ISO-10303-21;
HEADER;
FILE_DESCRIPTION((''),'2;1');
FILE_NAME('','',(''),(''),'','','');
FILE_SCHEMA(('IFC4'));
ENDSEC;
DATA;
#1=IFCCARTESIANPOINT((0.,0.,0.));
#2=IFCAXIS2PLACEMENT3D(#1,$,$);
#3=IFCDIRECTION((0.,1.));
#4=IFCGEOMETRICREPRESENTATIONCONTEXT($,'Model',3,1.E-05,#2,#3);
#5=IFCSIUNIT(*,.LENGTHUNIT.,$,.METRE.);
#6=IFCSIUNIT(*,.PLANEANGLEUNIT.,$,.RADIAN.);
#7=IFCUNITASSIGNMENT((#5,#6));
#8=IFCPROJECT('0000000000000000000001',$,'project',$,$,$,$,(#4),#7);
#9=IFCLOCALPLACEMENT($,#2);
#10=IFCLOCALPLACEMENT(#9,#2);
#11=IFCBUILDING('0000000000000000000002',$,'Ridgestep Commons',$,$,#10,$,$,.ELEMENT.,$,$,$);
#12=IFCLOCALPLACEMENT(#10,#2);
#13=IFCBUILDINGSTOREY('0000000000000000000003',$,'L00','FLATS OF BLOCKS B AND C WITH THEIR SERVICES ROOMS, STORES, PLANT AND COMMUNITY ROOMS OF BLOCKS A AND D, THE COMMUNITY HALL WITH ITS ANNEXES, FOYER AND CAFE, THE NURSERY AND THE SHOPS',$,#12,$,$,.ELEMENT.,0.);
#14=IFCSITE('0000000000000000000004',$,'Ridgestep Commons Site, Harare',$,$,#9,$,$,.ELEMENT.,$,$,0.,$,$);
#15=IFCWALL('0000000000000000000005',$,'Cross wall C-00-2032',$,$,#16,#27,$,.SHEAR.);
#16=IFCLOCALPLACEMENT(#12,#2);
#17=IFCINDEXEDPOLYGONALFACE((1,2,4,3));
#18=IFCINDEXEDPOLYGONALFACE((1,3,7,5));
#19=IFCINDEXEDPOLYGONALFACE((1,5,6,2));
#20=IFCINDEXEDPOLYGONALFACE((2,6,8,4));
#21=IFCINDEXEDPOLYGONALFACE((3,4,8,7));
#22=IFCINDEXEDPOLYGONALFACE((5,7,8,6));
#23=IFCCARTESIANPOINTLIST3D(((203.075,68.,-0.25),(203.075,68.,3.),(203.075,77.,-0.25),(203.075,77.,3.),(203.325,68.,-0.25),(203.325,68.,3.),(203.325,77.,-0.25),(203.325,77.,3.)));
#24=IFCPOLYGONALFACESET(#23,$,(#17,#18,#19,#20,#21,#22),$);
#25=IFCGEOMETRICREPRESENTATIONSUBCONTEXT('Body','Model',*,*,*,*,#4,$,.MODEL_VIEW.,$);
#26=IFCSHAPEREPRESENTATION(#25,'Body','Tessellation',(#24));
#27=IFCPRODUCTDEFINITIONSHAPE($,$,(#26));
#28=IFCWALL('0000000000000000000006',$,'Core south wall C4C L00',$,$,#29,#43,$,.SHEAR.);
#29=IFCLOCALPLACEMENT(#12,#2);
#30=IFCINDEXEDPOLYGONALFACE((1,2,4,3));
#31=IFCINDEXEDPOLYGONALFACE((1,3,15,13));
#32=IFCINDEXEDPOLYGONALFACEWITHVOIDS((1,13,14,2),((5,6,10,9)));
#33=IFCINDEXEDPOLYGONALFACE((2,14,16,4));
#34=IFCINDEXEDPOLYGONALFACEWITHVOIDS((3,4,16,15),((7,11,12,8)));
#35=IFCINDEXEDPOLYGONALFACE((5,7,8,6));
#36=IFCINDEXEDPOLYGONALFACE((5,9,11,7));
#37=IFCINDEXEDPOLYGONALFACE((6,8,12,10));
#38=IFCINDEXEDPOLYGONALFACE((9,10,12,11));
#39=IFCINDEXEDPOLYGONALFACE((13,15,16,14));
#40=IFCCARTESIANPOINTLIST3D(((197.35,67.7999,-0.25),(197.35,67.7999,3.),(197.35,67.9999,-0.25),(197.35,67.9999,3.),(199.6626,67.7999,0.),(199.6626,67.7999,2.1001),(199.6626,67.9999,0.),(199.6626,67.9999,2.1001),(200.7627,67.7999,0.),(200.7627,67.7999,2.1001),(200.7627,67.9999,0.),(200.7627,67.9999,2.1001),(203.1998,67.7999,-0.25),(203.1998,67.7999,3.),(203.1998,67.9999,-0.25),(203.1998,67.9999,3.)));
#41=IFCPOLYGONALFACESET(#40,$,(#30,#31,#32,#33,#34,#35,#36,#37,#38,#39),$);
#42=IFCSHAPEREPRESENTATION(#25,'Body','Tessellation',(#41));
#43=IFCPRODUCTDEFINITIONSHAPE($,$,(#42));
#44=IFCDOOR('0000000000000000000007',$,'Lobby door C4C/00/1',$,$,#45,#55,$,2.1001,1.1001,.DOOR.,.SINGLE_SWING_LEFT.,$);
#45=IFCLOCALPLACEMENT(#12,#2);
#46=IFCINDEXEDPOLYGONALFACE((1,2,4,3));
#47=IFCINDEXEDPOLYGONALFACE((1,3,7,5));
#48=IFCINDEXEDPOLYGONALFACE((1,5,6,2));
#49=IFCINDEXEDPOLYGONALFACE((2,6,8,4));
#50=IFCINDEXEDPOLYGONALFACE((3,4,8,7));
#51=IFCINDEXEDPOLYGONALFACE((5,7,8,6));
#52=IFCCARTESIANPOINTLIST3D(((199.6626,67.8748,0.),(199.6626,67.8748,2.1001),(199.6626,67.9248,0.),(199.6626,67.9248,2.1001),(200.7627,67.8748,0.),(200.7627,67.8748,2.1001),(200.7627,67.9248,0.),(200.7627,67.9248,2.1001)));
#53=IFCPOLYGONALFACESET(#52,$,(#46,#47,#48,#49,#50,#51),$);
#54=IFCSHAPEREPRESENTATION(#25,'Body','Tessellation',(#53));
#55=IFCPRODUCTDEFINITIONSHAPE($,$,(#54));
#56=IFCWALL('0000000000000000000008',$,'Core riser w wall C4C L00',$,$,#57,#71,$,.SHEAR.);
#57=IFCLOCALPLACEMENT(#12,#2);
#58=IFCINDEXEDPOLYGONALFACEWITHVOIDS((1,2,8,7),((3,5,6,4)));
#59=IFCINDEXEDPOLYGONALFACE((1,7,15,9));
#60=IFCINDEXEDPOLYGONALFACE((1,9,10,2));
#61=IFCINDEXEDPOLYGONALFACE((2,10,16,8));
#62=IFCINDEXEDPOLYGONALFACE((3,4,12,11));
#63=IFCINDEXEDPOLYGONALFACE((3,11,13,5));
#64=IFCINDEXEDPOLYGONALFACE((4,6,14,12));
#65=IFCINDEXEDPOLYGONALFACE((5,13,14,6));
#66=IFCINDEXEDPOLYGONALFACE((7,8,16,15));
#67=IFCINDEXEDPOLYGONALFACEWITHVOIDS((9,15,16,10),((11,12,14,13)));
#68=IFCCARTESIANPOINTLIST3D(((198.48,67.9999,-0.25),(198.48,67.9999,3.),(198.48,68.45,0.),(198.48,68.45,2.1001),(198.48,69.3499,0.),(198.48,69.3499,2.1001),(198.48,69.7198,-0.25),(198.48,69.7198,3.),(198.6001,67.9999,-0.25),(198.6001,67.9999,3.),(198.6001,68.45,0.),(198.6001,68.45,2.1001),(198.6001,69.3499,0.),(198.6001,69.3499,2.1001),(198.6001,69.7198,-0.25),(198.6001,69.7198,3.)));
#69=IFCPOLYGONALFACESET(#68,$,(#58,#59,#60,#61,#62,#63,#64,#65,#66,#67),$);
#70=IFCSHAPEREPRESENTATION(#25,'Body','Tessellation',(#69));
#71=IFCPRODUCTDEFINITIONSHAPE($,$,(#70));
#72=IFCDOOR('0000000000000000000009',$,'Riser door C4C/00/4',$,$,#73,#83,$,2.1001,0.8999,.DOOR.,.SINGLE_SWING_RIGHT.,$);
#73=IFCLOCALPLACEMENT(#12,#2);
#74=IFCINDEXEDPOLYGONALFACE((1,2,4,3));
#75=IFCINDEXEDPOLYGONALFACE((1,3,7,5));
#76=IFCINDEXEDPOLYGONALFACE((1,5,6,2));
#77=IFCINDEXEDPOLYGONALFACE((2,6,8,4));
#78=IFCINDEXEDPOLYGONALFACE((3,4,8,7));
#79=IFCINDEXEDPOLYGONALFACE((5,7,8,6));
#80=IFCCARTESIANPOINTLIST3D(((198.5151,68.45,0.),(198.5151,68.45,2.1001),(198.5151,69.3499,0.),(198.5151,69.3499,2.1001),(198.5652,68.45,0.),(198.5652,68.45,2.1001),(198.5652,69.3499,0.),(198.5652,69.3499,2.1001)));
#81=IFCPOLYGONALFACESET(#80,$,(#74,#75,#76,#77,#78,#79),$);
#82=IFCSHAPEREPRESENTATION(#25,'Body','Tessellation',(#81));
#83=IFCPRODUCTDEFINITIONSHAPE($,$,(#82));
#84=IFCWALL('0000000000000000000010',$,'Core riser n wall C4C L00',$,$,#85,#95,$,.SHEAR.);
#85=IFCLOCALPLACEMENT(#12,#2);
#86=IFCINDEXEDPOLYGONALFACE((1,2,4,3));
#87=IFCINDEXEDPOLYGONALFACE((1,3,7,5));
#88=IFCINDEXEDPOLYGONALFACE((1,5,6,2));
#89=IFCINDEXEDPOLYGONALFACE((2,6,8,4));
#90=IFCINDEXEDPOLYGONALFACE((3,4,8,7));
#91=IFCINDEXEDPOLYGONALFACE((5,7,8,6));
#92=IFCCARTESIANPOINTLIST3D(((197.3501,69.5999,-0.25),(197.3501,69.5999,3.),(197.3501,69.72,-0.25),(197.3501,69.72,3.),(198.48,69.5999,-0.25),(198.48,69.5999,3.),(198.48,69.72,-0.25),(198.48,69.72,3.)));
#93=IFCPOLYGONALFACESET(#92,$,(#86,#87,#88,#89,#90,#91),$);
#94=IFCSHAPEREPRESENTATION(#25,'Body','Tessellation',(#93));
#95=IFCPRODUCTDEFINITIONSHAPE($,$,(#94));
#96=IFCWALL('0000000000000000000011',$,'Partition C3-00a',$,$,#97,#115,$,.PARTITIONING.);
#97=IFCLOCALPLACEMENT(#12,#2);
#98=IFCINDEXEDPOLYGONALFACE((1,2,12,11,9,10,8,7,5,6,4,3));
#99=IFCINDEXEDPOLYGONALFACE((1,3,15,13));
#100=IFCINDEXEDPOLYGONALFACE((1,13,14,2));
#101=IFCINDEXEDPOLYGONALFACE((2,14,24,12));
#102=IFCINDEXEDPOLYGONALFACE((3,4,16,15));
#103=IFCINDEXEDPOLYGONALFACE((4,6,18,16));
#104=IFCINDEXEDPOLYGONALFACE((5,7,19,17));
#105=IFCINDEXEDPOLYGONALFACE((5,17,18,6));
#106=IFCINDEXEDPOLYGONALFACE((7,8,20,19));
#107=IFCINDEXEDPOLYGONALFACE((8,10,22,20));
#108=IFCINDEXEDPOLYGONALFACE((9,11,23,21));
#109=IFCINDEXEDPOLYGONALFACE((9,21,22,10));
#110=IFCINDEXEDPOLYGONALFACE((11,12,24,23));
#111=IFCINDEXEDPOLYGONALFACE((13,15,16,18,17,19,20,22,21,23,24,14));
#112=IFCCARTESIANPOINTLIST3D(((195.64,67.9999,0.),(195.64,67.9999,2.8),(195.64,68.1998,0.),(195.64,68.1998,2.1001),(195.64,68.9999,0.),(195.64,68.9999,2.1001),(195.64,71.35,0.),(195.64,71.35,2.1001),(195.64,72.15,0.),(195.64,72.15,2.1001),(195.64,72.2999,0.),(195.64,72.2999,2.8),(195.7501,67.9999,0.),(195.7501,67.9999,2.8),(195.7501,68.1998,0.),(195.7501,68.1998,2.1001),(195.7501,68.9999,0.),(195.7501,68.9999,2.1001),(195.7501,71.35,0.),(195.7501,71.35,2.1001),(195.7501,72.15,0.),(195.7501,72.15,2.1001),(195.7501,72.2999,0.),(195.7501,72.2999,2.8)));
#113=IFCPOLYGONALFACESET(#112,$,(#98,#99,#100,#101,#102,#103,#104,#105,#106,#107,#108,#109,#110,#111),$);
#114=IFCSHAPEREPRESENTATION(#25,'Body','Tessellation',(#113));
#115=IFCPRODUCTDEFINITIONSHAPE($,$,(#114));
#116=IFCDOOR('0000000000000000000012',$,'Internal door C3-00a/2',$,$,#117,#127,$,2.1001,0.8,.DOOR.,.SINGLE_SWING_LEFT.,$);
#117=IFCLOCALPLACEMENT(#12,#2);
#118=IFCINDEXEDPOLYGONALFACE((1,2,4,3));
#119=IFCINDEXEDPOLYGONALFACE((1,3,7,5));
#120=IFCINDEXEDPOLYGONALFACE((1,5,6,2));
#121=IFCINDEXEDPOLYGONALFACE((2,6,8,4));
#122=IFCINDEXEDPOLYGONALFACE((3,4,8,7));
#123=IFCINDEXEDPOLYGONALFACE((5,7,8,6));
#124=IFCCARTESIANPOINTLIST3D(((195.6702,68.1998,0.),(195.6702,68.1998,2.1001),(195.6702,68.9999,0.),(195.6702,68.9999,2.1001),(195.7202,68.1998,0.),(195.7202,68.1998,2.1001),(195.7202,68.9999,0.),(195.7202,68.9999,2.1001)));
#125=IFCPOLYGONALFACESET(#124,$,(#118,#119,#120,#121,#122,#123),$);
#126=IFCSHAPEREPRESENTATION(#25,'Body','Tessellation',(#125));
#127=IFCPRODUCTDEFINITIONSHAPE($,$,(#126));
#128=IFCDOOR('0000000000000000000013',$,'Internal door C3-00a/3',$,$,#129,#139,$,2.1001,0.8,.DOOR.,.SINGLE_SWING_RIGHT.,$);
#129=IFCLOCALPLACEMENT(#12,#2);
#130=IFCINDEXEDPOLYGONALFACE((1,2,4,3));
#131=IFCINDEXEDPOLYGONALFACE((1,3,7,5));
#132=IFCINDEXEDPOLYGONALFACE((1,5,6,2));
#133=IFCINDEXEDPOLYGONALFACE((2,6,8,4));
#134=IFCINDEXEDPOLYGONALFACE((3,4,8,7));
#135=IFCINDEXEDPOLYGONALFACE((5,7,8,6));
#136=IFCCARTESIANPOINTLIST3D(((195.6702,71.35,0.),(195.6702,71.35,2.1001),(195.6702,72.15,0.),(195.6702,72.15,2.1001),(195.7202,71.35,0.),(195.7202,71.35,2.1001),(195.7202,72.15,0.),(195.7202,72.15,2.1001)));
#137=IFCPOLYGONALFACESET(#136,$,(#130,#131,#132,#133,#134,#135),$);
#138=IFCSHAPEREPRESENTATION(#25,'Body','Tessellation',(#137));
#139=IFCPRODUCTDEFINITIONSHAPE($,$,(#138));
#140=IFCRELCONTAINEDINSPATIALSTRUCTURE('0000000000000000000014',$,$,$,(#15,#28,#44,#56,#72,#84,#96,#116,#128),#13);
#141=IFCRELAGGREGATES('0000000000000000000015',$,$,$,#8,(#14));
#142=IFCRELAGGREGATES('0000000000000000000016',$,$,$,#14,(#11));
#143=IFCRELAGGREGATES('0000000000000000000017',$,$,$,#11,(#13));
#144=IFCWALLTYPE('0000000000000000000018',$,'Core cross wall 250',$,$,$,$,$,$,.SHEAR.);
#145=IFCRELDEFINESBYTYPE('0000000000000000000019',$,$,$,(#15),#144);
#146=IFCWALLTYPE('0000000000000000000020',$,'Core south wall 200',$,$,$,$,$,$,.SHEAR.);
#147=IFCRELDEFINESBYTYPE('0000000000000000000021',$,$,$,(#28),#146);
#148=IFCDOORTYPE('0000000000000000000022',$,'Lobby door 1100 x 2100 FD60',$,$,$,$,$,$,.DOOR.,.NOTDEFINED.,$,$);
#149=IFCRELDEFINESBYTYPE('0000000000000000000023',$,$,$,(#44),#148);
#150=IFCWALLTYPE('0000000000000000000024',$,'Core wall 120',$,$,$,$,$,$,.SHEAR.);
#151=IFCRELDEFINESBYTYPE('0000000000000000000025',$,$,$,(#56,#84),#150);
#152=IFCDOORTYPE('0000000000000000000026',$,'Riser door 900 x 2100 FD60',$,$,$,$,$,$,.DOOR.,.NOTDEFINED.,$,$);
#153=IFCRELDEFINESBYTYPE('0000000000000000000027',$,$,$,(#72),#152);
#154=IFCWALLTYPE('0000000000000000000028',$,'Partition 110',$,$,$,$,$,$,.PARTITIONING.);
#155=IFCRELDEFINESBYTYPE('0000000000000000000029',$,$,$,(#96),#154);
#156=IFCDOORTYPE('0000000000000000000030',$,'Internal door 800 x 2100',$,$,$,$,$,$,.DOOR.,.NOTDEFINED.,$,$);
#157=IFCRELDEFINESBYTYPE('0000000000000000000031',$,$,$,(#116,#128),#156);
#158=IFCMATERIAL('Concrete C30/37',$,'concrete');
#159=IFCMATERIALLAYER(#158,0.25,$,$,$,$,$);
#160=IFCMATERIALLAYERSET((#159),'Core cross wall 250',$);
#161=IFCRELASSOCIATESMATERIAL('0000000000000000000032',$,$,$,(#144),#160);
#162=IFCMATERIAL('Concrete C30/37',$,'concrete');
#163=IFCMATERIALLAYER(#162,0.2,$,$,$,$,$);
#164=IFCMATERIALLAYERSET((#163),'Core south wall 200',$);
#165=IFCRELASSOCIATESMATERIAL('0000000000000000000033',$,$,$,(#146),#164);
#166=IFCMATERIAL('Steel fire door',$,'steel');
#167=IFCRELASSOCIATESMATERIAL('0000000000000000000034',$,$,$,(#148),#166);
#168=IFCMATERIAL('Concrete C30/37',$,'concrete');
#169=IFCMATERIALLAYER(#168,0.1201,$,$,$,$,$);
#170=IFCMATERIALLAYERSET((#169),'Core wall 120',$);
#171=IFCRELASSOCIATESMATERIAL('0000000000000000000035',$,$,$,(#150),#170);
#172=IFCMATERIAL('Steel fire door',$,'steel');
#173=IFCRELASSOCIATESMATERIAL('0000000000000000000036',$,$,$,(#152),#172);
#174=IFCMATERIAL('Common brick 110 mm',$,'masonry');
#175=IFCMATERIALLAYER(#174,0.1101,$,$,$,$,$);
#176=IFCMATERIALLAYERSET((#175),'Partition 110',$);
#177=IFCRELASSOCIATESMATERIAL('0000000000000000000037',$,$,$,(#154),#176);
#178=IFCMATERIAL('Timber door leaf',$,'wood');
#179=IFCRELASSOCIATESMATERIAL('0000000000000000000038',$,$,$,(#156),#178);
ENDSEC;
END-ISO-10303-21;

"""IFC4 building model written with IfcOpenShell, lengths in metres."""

from ifc_helpers import new_model, si_unit, direction, frame, frame_2d, origin, place, context, subcontext, project, spatial, rectangle, extrude, material, layer, layer_set, type_object, element, fill, save


model = new_model("IFC4")

# Units and contexts
model_context = context("Model", 3, precision=1e-05, world=origin(), true_north=direction((0.0, 1.0)))
body_context = subcontext(model_context, "Body", "Model", "MODEL_VIEW")
ifc_project = project(units=[si_unit("LENGTHUNIT", "METRE"), si_unit("PLANEANGLEUNIT", "RADIAN")], contexts=[model_context])

# Site, building, storey
site_placement = place(None, origin())
site = spatial("IfcSite", under=ifc_project, at=site_placement, Name="Ridgestep Commons Site, Harare", CompositionType="ELEMENT", RefElevation=0.0)
building_placement = place(site_placement, origin())
building = spatial("IfcBuilding", under=site, at=building_placement, Name="Ridgestep Commons", CompositionType="ELEMENT")
storey_placement = place(building_placement, origin())
storey = spatial("IfcBuildingStorey", under=building, at=storey_placement, Name="L00", Description="FLATS OF BLOCKS B AND C WITH THEIR SERVICES ROOMS, STORES, PLANT AND COMMUNITY ROOMS OF BLOCKS A AND D, THE COMMUNITY HALL WITH ITS ANNEXES, FOYER AND CAFE, THE NURSERY AND THE SHOPS", CompositionType="ELEMENT", Elevation=0.0)

# Wall
ifc_material_1 = material(Name="Concrete C30/37", Category="concrete")
ifc_layer_1 = layer(ifc_material_1, 0.25)
ifc_layer_set_1 = layer_set([ifc_layer_1], Name="Core cross wall 250")
wall_type_1 = type_object("IfcWallType", Name="Core cross wall 250", PredefinedType="SHEAR", material=ifc_layer_set_1)
wall_1_placement = place(storey_placement, frame((203.2, 68.0, -0.25), z_axis=(0.0, 0.0, 1.0), x_axis=(0.0, 1.0, 0.0)))
element("IfcWall", 1, at=wall_1_placement, inside=storey, type_object=wall_type_1, Name="Cross wall C-00-2032", PredefinedType="SHEAR", context=body_context, shape_type="SweptSolid", body=[
    extrude(rectangle(XDim=9.0, YDim=0.25, at=frame_2d((4.5, 0.0))), origin(), (0.0, 0.0, 1.0), 3.25),
])

# Walls, openings, doors
ifc_material_2 = material(Name="Concrete C30/37", Category="concrete")
ifc_layer_2 = layer(ifc_material_2, 0.2)
ifc_layer_set_2 = layer_set([ifc_layer_2], Name="Core south wall 200")
wall_type_2 = type_object("IfcWallType", Name="Core south wall 200", PredefinedType="SHEAR", material=ifc_layer_set_2)
wall_2_placement = place(storey_placement, frame((197.3501, 67.8999, -0.25), z_axis=(0.0, 0.0, 1.0), x_axis=(1.0, 0.0, 0.0)))
wall_2 = element("IfcWall", 2, at=wall_2_placement, inside=storey, type_object=wall_type_2, Name="Core south wall C4C L00", PredefinedType="SHEAR", context=body_context, shape_type="SweptSolid", body=[
    extrude(rectangle(XDim=5.8499, YDim=0.2, at=frame_2d((2.9248, 0.0))), origin(), (0.0, 0.0, 1.0), 3.25),
])
opening_1_placement = place(wall_2_placement, frame((2.3125, 0.0, 0.25)))
opening_1 = element("IfcOpeningElement", 3, at=opening_1_placement, cuts=wall_2, PredefinedType="OPENING", context=body_context, shape_type="SweptSolid", body=[
    extrude(rectangle(XDim=1.1001, YDim=2.1001, at=frame_2d((0.55, 1.05))), frame((0.0, 0.1099, 0.0), z_axis=(0.0, -1.0, 0.0), x_axis=(1.0, 0.0, 0.0)), (0.0, 0.0, 1.0), 0.22),
])
ifc_material_3 = material(Name="Steel fire door", Category="steel")
door_type_1 = type_object("IfcDoorType", Name="Lobby door 1100 x 2100 FD60", OperationType="NOTDEFINED", PredefinedType="DOOR", material=ifc_material_3)
door_1_placement = place(opening_1_placement, origin())
door_1 = element("IfcDoor", 4, at=door_1_placement, inside=storey, type_object=door_type_1, Name="Lobby door C4C/00/1", OperationType="SINGLE_SWING_LEFT", OverallHeight=2.1001, OverallWidth=1.1001, PredefinedType="DOOR", context=body_context, shape_type="SweptSolid", body=[
    extrude(rectangle(XDim=1.1001, YDim=2.1001, at=frame_2d((0.55, 1.05))), frame((0.0, 0.0249, 0.0), z_axis=(0.0, -1.0, 0.0), x_axis=(1.0, 0.0, 0.0)), (0.0, 0.0, 1.0), 0.05),
])
fill(opening_1, door_1)
ifc_material_4 = material(Name="Concrete C30/37", Category="concrete")
ifc_layer_3 = layer(ifc_material_4, 0.1201)
ifc_layer_set_3 = layer_set([ifc_layer_3], Name="Core wall 120")
wall_type_3 = type_object("IfcWallType", Name="Core wall 120", PredefinedType="SHEAR", material=ifc_layer_set_3)
wall_3_placement = place(storey_placement, frame((198.54, 68.0, -0.25), z_axis=(0.0, 0.0, 1.0), x_axis=(0.0, 1.0, 0.0)))
wall_3 = element("IfcWall", 5, at=wall_3_placement, inside=storey, type_object=wall_type_3, Name="Core riser w wall C4C L00", PredefinedType="SHEAR", context=body_context, shape_type="SweptSolid", body=[
    extrude(rectangle(XDim=1.72, YDim=0.1201, at=frame_2d((0.8599, 0.0))), origin(), (0.0, 0.0, 1.0), 3.25),
])
opening_2_placement = place(wall_3_placement, frame((0.45, 0.0, 0.25)))
opening_2 = element("IfcOpeningElement", 6, at=opening_2_placement, cuts=wall_3, PredefinedType="OPENING", context=body_context, shape_type="SweptSolid", body=[
    extrude(rectangle(XDim=0.8999, YDim=2.1001, at=frame_2d((0.45, 1.05))), frame((0.0, 0.0701, 0.0), z_axis=(0.0, -1.0, 0.0), x_axis=(1.0, 0.0, 0.0)), (0.0, 0.0, 1.0), 0.1401),
])
ifc_material_5 = material(Name="Steel fire door", Category="steel")
door_type_2 = type_object("IfcDoorType", Name="Riser door 900 x 2100 FD60", OperationType="NOTDEFINED", PredefinedType="DOOR", material=ifc_material_5)
door_2_placement = place(opening_2_placement, origin())
door_2 = element("IfcDoor", 7, at=door_2_placement, inside=storey, type_object=door_type_2, Name="Riser door C4C/00/4", OperationType="SINGLE_SWING_RIGHT", OverallHeight=2.1001, OverallWidth=0.8999, PredefinedType="DOOR", context=body_context, shape_type="SweptSolid", body=[
    extrude(rectangle(XDim=0.8999, YDim=2.1001, at=frame_2d((0.45, 1.05))), frame((0.0, 0.0249, 0.0), z_axis=(0.0, -1.0, 0.0), x_axis=(1.0, 0.0, 0.0)), (0.0, 0.0, 1.0), 0.05),
])
fill(opening_2, door_2)

# Wall
wall_4_placement = place(storey_placement, frame((197.3501, 69.6599, -0.25), z_axis=(0.0, 0.0, 1.0), x_axis=(1.0, 0.0, 0.0)))
element("IfcWall", 8, at=wall_4_placement, inside=storey, type_object=wall_type_3, Name="Core riser n wall C4C L00", PredefinedType="SHEAR", context=body_context, shape_type="SweptSolid", body=[
    extrude(rectangle(XDim=1.1299, YDim=0.1201, at=frame_2d((0.5649, 0.0))), origin(), (0.0, 0.0, 1.0), 3.25),
])

# Wall, openings, doors
ifc_material_6 = material(Name="Common brick 110 mm", Category="masonry")
ifc_layer_4 = layer(ifc_material_6, 0.1101)
ifc_layer_set_4 = layer_set([ifc_layer_4], Name="Partition 110")
wall_type_4 = type_object("IfcWallType", Name="Partition 110", PredefinedType="PARTITIONING", material=ifc_layer_set_4)
wall_5_placement = place(storey_placement, frame((195.6951, 68.0, 0.0), z_axis=(0.0, 0.0, 1.0), x_axis=(0.0, 1.0, 0.0)))
wall_5 = element("IfcWall", 9, at=wall_5_placement, inside=storey, type_object=wall_type_4, Name="Partition C3-00a", PredefinedType="PARTITIONING", context=body_context, shape_type="SweptSolid", body=[
    extrude(rectangle(XDim=4.3, YDim=0.1101, at=frame_2d((2.1499, 0.0))), origin(), (0.0, 0.0, 1.0), 2.8),
])
opening_3_placement = place(wall_5_placement, frame((0.2, 0.0, 0.0)))
opening_3 = element("IfcOpeningElement", 10, at=opening_3_placement, cuts=wall_5, PredefinedType="OPENING", context=body_context, shape_type="SweptSolid", body=[
    extrude(rectangle(XDim=0.8, YDim=2.1001, at=frame_2d((0.3999, 1.05))), frame((0.0, 0.0649, 0.0), z_axis=(0.0, -1.0, 0.0), x_axis=(1.0, 0.0, 0.0)), (0.0, 0.0, 1.0), 0.1301),
])
opening_4_placement = place(wall_5_placement, frame((3.3501, 0.0, 0.0)))
opening_4 = element("IfcOpeningElement", 11, at=opening_4_placement, cuts=wall_5, PredefinedType="OPENING", context=body_context, shape_type="SweptSolid", body=[
    extrude(rectangle(XDim=0.8, YDim=2.1001, at=frame_2d((0.3999, 1.05))), frame((0.0, 0.0649, 0.0), z_axis=(0.0, -1.0, 0.0), x_axis=(1.0, 0.0, 0.0)), (0.0, 0.0, 1.0), 0.1301),
])
ifc_material_7 = material(Name="Timber door leaf", Category="wood")
door_type_3 = type_object("IfcDoorType", Name="Internal door 800 x 2100", OperationType="NOTDEFINED", PredefinedType="DOOR", material=ifc_material_7)
door_3_placement = place(opening_3_placement, origin())
door_3 = element("IfcDoor", 12, at=door_3_placement, inside=storey, type_object=door_type_3, Name="Internal door C3-00a/2", OperationType="SINGLE_SWING_LEFT", OverallHeight=2.1001, OverallWidth=0.8, PredefinedType="DOOR", context=body_context, shape_type="SweptSolid", body=[
    extrude(rectangle(XDim=0.8, YDim=2.1001, at=frame_2d((0.3999, 1.05))), frame((0.0, 0.0249, 0.0), z_axis=(0.0, -1.0, 0.0), x_axis=(1.0, 0.0, 0.0)), (0.0, 0.0, 1.0), 0.05),
])
fill(opening_3, door_3)
door_4_placement = place(opening_4_placement, origin())
door_4 = element("IfcDoor", 13, at=door_4_placement, inside=storey, type_object=door_type_3, Name="Internal door C3-00a/3", OperationType="SINGLE_SWING_RIGHT", OverallHeight=2.1001, OverallWidth=0.8, PredefinedType="DOOR", context=body_context, shape_type="SweptSolid", body=[
    extrude(rectangle(XDim=0.8, YDim=2.1001, at=frame_2d((0.3999, 1.05))), frame((0.0, 0.0249, 0.0), z_axis=(0.0, -1.0, 0.0), x_axis=(1.0, 0.0, 0.0)), (0.0, 0.0, 1.0), 0.05),
])
fill(opening_4, door_4)

save(model, "model.ifc")
